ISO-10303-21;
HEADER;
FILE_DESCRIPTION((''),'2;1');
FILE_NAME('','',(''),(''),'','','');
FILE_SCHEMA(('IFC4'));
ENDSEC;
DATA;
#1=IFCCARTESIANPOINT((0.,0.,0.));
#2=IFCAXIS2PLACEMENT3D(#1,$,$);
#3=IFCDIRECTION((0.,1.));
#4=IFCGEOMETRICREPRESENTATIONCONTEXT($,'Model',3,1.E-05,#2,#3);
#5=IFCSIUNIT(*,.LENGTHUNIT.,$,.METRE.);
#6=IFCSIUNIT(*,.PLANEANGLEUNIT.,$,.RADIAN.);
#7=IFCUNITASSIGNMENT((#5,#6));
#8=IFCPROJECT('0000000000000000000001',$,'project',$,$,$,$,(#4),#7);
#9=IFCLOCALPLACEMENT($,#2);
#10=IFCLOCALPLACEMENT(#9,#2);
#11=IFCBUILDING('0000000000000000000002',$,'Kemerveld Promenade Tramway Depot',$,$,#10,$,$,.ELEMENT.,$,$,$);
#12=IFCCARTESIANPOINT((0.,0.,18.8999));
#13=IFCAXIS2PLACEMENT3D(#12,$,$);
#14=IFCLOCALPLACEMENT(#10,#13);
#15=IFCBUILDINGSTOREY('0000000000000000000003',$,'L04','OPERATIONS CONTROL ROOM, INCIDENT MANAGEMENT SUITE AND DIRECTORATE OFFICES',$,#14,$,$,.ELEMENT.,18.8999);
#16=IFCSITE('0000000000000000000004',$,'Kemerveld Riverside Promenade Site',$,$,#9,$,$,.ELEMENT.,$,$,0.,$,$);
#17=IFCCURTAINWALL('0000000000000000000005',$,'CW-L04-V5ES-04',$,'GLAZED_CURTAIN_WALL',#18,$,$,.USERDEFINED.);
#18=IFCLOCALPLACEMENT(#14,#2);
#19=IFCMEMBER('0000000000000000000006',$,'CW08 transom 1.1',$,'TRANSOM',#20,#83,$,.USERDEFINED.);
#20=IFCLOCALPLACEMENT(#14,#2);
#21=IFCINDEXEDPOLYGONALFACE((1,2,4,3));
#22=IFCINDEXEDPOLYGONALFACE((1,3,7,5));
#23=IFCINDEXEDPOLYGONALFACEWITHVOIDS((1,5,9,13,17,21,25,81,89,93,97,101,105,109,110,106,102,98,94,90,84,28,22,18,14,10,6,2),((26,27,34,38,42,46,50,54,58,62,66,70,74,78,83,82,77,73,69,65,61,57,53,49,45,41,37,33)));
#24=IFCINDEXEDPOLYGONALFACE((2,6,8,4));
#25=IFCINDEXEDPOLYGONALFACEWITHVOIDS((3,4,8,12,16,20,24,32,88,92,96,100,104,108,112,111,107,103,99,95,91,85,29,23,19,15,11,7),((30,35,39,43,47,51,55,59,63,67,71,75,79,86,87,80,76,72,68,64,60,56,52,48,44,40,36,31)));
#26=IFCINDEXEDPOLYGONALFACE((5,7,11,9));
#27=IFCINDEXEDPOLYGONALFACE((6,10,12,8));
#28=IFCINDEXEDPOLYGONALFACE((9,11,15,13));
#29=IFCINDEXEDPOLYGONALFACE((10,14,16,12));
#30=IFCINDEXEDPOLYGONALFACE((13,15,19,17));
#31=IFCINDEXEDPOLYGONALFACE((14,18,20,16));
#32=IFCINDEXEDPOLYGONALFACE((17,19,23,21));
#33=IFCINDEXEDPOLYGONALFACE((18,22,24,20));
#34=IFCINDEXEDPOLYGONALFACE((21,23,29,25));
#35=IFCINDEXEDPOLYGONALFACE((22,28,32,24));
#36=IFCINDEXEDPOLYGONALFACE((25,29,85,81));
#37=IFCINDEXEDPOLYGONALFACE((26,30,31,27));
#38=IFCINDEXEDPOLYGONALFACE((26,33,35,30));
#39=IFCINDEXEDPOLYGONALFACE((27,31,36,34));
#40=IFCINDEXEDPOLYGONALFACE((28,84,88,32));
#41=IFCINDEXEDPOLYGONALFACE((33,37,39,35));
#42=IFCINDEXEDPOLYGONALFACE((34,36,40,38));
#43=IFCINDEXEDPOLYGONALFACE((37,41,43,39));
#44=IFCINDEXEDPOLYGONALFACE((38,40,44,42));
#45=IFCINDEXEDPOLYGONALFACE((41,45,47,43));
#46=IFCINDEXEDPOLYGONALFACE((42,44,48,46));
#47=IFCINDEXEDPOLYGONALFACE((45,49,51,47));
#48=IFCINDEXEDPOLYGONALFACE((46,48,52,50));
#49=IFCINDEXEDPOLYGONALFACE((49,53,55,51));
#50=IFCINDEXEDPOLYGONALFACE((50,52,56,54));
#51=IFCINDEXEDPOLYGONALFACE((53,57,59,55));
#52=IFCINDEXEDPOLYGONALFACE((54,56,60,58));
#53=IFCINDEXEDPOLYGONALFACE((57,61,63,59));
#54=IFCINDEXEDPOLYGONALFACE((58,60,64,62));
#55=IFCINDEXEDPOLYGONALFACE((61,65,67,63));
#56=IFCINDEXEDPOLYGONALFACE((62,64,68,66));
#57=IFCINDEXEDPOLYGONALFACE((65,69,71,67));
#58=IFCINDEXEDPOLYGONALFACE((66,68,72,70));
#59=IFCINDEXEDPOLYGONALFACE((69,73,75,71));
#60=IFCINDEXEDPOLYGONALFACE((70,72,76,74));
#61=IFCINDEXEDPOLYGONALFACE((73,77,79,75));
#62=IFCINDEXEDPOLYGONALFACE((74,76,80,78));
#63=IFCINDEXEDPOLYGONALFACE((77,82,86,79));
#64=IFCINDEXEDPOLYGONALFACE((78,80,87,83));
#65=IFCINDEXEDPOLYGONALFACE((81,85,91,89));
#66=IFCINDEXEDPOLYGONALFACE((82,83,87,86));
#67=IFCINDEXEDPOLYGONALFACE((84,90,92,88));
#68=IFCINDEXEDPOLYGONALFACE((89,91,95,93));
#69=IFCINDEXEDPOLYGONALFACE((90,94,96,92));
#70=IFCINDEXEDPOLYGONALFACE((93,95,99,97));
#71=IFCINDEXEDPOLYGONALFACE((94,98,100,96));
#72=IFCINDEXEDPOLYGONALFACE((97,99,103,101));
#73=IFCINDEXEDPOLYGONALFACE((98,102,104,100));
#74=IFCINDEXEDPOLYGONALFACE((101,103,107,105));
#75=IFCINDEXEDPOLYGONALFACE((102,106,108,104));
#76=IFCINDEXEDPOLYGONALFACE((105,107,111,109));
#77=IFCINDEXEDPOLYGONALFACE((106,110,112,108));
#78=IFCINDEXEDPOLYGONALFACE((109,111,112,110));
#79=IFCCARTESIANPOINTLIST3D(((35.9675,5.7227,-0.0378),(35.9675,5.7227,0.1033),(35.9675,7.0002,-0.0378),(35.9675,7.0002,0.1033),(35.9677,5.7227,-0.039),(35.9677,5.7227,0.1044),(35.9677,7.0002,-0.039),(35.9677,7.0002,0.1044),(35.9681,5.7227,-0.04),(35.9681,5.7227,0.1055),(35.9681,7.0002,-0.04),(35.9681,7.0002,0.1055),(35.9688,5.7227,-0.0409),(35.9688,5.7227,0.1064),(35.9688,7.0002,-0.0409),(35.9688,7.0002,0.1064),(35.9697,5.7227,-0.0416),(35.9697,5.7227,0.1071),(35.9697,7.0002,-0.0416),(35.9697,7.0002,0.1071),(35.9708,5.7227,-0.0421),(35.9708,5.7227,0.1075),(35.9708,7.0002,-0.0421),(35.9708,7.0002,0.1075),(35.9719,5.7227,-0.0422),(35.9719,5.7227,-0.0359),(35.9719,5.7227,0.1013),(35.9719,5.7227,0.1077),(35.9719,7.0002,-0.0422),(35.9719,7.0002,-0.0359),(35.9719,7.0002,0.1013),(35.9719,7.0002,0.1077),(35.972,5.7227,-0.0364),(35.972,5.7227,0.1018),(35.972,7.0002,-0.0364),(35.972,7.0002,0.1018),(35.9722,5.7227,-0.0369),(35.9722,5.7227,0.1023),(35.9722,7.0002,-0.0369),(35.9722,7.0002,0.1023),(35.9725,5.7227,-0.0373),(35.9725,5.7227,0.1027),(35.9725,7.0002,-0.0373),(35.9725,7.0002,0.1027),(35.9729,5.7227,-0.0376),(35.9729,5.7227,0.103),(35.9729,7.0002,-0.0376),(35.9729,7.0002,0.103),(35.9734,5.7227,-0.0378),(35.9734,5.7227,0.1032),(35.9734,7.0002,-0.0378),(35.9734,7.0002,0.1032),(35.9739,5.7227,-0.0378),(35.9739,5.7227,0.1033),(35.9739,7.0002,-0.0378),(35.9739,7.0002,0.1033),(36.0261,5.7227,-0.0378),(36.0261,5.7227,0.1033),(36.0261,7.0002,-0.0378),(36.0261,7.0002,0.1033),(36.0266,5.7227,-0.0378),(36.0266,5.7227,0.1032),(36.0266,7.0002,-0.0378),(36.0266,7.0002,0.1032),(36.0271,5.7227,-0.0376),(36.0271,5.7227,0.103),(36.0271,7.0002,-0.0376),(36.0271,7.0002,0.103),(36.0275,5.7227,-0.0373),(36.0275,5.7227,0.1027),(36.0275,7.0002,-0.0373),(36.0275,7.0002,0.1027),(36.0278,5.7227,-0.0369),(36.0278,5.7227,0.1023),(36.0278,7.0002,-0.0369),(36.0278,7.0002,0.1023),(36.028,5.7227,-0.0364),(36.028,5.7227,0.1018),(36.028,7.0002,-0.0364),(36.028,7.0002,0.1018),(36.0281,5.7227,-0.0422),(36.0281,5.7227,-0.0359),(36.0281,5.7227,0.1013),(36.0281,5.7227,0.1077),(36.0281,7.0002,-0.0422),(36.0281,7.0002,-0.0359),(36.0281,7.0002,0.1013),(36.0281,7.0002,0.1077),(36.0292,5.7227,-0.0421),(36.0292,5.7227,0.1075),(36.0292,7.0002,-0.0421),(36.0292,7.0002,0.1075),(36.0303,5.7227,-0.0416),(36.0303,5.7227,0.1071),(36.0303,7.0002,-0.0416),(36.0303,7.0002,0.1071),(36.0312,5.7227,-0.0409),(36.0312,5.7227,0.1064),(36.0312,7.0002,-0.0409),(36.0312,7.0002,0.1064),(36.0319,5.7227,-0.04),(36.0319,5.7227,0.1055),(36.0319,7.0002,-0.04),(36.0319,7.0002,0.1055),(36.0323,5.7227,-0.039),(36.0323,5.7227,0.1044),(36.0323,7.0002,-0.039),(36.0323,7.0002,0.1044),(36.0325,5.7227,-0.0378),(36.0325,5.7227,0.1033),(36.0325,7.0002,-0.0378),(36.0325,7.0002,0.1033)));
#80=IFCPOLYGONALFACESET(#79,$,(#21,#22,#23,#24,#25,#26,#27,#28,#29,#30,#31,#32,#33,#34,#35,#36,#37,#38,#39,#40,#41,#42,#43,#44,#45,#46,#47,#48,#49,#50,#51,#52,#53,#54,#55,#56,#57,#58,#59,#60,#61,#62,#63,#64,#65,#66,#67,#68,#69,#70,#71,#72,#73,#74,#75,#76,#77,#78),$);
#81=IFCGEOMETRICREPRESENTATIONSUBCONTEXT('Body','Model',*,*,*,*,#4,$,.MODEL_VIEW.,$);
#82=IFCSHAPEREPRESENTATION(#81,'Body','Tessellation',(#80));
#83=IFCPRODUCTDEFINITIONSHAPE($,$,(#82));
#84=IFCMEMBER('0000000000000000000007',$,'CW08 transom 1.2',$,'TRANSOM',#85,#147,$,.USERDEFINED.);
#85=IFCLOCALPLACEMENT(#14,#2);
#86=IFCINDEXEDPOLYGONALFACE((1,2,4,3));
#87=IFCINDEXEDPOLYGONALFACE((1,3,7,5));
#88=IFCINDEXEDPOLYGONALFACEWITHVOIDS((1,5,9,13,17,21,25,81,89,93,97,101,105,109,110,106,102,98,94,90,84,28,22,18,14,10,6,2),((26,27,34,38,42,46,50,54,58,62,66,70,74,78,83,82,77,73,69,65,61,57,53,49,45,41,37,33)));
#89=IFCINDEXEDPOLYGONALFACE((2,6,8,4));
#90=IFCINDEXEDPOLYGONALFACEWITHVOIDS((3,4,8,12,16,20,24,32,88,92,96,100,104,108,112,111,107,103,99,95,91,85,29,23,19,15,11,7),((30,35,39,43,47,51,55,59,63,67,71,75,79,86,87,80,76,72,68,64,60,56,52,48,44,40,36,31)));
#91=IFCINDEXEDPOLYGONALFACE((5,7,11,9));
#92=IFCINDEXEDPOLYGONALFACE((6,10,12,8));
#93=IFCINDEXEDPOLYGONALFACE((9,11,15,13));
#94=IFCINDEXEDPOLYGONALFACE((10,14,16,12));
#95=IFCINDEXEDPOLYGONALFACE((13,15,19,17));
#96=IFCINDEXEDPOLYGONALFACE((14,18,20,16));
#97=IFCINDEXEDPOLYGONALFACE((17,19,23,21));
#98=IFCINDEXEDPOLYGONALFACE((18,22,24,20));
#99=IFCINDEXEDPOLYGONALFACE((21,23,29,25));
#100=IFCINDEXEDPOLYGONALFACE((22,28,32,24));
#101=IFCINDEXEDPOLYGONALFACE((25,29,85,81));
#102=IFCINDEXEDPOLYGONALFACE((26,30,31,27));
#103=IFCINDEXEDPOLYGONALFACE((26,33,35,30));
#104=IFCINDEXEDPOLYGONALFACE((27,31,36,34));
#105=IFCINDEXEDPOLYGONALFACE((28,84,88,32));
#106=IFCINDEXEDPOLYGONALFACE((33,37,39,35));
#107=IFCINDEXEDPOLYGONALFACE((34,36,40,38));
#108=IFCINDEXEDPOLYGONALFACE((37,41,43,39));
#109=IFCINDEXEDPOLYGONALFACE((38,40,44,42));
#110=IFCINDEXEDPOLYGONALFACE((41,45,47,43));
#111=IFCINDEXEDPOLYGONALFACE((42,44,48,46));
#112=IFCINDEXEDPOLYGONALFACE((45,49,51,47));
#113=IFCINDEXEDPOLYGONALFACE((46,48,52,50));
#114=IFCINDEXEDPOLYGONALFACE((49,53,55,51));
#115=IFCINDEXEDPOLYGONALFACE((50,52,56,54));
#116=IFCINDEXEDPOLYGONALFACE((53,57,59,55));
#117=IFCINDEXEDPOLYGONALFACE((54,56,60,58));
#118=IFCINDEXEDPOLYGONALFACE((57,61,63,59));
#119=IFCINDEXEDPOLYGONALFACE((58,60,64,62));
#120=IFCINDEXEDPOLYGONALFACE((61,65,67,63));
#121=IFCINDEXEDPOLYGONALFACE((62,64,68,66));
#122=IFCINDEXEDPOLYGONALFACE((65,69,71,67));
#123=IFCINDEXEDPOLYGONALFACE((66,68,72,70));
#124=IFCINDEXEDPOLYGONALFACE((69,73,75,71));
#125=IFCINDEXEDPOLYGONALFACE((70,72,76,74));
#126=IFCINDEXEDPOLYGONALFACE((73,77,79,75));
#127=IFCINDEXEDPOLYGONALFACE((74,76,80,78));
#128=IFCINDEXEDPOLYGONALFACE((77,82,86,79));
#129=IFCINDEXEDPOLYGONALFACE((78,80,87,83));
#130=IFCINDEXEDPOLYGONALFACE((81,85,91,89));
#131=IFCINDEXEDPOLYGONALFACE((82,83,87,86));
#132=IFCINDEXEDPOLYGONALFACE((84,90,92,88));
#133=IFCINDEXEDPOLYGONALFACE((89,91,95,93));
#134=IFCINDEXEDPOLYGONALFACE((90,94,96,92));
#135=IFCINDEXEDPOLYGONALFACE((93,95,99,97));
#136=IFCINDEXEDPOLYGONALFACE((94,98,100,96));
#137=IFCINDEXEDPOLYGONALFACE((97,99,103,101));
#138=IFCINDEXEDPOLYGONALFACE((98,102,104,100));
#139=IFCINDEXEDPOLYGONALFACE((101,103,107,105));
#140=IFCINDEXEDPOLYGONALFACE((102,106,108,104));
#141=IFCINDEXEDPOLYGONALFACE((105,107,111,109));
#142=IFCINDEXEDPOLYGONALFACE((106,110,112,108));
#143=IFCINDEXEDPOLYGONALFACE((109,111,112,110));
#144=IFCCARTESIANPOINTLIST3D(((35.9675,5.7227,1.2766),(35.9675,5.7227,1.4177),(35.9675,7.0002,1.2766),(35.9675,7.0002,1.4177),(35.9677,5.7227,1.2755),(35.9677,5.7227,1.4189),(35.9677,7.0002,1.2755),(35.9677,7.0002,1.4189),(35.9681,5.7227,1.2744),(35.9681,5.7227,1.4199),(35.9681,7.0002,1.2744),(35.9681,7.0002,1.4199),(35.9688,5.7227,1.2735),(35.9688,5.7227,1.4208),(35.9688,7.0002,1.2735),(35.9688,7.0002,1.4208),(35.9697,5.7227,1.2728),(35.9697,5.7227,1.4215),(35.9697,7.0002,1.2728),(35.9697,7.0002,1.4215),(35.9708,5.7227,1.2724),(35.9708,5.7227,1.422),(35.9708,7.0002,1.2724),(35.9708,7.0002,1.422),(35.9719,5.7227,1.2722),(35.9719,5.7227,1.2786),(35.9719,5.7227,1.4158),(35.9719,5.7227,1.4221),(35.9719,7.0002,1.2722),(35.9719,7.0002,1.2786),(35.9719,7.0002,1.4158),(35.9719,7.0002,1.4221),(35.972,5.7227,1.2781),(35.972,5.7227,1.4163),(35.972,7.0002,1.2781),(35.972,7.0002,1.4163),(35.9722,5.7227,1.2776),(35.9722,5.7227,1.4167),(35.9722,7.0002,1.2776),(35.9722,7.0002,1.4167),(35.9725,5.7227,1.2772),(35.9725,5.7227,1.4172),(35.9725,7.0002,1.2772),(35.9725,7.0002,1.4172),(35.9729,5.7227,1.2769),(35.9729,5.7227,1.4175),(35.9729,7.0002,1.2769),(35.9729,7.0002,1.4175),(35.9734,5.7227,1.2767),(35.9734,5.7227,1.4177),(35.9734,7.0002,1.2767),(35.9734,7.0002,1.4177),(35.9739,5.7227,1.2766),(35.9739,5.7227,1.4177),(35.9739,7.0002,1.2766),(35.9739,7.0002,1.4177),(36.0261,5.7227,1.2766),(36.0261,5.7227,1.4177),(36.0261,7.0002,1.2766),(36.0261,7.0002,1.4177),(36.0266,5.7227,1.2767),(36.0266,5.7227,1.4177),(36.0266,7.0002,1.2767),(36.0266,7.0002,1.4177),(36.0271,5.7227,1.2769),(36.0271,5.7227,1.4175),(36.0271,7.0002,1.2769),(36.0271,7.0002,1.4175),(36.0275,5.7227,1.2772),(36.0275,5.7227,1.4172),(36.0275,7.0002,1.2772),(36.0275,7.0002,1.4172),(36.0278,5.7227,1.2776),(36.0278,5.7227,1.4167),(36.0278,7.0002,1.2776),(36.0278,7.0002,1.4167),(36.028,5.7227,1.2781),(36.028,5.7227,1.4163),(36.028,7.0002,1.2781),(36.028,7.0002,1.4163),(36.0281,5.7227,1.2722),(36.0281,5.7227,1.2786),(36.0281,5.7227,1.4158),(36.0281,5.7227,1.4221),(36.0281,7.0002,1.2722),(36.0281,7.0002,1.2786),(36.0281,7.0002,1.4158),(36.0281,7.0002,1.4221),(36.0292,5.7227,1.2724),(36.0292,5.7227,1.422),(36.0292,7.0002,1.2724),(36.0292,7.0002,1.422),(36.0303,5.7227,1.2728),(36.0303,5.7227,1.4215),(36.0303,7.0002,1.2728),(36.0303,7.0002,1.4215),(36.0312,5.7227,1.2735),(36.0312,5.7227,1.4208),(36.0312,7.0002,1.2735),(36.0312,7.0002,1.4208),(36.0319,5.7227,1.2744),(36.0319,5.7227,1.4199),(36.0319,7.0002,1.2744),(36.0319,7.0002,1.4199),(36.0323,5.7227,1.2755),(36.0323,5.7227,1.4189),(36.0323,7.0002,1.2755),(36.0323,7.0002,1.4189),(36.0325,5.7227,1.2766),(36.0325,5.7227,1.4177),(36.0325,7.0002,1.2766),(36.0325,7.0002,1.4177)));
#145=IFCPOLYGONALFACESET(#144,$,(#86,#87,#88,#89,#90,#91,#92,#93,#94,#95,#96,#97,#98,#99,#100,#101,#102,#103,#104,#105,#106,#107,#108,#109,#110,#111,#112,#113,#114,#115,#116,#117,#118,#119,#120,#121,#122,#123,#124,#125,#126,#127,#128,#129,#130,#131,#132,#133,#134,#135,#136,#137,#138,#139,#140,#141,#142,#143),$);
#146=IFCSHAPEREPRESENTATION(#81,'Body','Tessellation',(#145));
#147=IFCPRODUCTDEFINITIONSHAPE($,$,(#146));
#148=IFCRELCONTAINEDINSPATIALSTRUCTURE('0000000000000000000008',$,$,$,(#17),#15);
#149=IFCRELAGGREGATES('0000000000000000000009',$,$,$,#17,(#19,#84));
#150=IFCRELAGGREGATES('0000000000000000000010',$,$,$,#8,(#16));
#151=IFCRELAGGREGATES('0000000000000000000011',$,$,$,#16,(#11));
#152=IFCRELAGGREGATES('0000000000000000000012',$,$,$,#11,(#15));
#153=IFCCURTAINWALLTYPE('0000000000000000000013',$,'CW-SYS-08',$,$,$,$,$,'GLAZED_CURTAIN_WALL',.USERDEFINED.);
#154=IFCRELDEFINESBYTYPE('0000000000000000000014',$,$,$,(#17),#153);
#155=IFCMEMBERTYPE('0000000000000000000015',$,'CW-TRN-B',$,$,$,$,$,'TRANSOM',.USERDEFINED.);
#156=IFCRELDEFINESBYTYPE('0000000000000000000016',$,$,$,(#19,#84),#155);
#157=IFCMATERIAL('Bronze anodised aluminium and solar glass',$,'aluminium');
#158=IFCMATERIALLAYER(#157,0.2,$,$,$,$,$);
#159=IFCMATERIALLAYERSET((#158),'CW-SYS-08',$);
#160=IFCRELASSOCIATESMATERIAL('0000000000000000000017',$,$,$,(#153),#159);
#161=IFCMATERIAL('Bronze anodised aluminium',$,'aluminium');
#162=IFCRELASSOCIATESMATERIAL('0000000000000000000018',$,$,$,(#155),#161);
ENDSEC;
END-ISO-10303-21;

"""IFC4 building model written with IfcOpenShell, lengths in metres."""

from ifc_helpers import new_model, si_unit, direction, frame, origin, origin_2d, place, context, subcontext, project, spatial, hollow_rectangle, extrude, material, layer, layer_set, material_profile, profile_set, type_object, element, aggregate, save


model = new_model("IFC4")

# Units and contexts
model_context = context("Model", 3, precision=1e-05, world=origin(), true_north=direction((0.0, 1.0)))
body_context = subcontext(model_context, "Body", "Model", "MODEL_VIEW")
ifc_project = project(units=[si_unit("LENGTHUNIT", "METRE"), si_unit("PLANEANGLEUNIT", "RADIAN")], contexts=[model_context])

# Site, building, storey
site_placement = place(None, origin())
site = spatial("IfcSite", under=ifc_project, at=site_placement, Name="Kemerveld Riverside Promenade Site", CompositionType="ELEMENT", RefElevation=0.0)
building_placement = place(site_placement, origin())
building = spatial("IfcBuilding", under=site, at=building_placement, Name="Kemerveld Promenade Tramway Depot", CompositionType="ELEMENT")
storey_placement = place(building_placement, frame((0.0, 0.0, 18.8999)))
storey = spatial("IfcBuildingStorey", under=building, at=storey_placement, Name="L04", Description="OPERATIONS CONTROL ROOM, INCIDENT MANAGEMENT SUITE AND DIRECTORATE OFFICES", CompositionType="ELEMENT", Elevation=18.8999)

# Curtain wall, members
ifc_material_1 = material(Name="Bronze anodised aluminium and solar glass", Category="aluminium")
ifc_layer_1 = layer(ifc_material_1, 0.2)
ifc_layer_set_1 = layer_set([ifc_layer_1], Name="CW-SYS-08")
curtain_wall_type = type_object("IfcCurtainWallType", Name="CW-SYS-08", ElementType="GLAZED_CURTAIN_WALL", PredefinedType="USERDEFINED", material=ifc_layer_set_1)
curtain_wall_placement = place(storey_placement, origin())
curtain_wall = element("IfcCurtainWall", 1, at=curtain_wall_placement, inside=storey, type_object=curtain_wall_type, Name="CW-L04-V5ES-04", ObjectType="GLAZED_CURTAIN_WALL", PredefinedType="USERDEFINED")
ifc_material_2 = material(Name="Bronze anodised aluminium", Category="aluminium")
ifc_material_profile_1 = material_profile(ifc_material_2, hollow_rectangle(XDim=0.0649, YDim=0.1499, WallThickness=0.0044, InnerFilletRadius=0.002, OuterFilletRadius=0.0044, at=origin_2d()), Name="CW-TRN-150x65")
ifc_profile_set_1 = profile_set([ifc_material_profile_1], Name="Bronze anodised aluminium")
member_type_1 = type_object("IfcMemberType", Name="CW-TRN-B", ElementType="TRANSOM", PredefinedType="USERDEFINED", material=ifc_profile_set_1)
member_1_placement = place(storey_placement, frame((36.0, 7.0002, 0.0327), z_axis=(0.0, -1.0, 0.0), x_axis=(1.0, 0.0, 0.0)))
member_1 = element("IfcMember", 2, at=member_1_placement, type_object=member_type_1, Name="CW08 transom 1.1", ObjectType="TRANSOM", PredefinedType="USERDEFINED", context=body_context, shape_type="SweptSolid", body=[
    extrude(hollow_rectangle(XDim=0.0649, YDim=0.1499, WallThickness=0.0044, InnerFilletRadius=0.002, OuterFilletRadius=0.0044, at=origin_2d()), origin(), (0.0, 0.0, 1.0), 1.2776),
])
member_2_placement = place(storey_placement, frame((36.0, 7.0002, 1.3472), z_axis=(0.0, -1.0, 0.0), x_axis=(1.0, 0.0, 0.0)))
member_2 = element("IfcMember", 3, at=member_2_placement, type_object=member_type_1, Name="CW08 transom 1.2", ObjectType="TRANSOM", PredefinedType="USERDEFINED", context=body_context, shape_type="SweptSolid", body=[
    extrude(hollow_rectangle(XDim=0.0649, YDim=0.1499, WallThickness=0.0044, InnerFilletRadius=0.002, OuterFilletRadius=0.0044, at=origin_2d()), origin(), (0.0, 0.0, 1.0), 1.2776),
])
aggregate(curtain_wall, [member_1, member_2])

save(model, "model.ifc")
